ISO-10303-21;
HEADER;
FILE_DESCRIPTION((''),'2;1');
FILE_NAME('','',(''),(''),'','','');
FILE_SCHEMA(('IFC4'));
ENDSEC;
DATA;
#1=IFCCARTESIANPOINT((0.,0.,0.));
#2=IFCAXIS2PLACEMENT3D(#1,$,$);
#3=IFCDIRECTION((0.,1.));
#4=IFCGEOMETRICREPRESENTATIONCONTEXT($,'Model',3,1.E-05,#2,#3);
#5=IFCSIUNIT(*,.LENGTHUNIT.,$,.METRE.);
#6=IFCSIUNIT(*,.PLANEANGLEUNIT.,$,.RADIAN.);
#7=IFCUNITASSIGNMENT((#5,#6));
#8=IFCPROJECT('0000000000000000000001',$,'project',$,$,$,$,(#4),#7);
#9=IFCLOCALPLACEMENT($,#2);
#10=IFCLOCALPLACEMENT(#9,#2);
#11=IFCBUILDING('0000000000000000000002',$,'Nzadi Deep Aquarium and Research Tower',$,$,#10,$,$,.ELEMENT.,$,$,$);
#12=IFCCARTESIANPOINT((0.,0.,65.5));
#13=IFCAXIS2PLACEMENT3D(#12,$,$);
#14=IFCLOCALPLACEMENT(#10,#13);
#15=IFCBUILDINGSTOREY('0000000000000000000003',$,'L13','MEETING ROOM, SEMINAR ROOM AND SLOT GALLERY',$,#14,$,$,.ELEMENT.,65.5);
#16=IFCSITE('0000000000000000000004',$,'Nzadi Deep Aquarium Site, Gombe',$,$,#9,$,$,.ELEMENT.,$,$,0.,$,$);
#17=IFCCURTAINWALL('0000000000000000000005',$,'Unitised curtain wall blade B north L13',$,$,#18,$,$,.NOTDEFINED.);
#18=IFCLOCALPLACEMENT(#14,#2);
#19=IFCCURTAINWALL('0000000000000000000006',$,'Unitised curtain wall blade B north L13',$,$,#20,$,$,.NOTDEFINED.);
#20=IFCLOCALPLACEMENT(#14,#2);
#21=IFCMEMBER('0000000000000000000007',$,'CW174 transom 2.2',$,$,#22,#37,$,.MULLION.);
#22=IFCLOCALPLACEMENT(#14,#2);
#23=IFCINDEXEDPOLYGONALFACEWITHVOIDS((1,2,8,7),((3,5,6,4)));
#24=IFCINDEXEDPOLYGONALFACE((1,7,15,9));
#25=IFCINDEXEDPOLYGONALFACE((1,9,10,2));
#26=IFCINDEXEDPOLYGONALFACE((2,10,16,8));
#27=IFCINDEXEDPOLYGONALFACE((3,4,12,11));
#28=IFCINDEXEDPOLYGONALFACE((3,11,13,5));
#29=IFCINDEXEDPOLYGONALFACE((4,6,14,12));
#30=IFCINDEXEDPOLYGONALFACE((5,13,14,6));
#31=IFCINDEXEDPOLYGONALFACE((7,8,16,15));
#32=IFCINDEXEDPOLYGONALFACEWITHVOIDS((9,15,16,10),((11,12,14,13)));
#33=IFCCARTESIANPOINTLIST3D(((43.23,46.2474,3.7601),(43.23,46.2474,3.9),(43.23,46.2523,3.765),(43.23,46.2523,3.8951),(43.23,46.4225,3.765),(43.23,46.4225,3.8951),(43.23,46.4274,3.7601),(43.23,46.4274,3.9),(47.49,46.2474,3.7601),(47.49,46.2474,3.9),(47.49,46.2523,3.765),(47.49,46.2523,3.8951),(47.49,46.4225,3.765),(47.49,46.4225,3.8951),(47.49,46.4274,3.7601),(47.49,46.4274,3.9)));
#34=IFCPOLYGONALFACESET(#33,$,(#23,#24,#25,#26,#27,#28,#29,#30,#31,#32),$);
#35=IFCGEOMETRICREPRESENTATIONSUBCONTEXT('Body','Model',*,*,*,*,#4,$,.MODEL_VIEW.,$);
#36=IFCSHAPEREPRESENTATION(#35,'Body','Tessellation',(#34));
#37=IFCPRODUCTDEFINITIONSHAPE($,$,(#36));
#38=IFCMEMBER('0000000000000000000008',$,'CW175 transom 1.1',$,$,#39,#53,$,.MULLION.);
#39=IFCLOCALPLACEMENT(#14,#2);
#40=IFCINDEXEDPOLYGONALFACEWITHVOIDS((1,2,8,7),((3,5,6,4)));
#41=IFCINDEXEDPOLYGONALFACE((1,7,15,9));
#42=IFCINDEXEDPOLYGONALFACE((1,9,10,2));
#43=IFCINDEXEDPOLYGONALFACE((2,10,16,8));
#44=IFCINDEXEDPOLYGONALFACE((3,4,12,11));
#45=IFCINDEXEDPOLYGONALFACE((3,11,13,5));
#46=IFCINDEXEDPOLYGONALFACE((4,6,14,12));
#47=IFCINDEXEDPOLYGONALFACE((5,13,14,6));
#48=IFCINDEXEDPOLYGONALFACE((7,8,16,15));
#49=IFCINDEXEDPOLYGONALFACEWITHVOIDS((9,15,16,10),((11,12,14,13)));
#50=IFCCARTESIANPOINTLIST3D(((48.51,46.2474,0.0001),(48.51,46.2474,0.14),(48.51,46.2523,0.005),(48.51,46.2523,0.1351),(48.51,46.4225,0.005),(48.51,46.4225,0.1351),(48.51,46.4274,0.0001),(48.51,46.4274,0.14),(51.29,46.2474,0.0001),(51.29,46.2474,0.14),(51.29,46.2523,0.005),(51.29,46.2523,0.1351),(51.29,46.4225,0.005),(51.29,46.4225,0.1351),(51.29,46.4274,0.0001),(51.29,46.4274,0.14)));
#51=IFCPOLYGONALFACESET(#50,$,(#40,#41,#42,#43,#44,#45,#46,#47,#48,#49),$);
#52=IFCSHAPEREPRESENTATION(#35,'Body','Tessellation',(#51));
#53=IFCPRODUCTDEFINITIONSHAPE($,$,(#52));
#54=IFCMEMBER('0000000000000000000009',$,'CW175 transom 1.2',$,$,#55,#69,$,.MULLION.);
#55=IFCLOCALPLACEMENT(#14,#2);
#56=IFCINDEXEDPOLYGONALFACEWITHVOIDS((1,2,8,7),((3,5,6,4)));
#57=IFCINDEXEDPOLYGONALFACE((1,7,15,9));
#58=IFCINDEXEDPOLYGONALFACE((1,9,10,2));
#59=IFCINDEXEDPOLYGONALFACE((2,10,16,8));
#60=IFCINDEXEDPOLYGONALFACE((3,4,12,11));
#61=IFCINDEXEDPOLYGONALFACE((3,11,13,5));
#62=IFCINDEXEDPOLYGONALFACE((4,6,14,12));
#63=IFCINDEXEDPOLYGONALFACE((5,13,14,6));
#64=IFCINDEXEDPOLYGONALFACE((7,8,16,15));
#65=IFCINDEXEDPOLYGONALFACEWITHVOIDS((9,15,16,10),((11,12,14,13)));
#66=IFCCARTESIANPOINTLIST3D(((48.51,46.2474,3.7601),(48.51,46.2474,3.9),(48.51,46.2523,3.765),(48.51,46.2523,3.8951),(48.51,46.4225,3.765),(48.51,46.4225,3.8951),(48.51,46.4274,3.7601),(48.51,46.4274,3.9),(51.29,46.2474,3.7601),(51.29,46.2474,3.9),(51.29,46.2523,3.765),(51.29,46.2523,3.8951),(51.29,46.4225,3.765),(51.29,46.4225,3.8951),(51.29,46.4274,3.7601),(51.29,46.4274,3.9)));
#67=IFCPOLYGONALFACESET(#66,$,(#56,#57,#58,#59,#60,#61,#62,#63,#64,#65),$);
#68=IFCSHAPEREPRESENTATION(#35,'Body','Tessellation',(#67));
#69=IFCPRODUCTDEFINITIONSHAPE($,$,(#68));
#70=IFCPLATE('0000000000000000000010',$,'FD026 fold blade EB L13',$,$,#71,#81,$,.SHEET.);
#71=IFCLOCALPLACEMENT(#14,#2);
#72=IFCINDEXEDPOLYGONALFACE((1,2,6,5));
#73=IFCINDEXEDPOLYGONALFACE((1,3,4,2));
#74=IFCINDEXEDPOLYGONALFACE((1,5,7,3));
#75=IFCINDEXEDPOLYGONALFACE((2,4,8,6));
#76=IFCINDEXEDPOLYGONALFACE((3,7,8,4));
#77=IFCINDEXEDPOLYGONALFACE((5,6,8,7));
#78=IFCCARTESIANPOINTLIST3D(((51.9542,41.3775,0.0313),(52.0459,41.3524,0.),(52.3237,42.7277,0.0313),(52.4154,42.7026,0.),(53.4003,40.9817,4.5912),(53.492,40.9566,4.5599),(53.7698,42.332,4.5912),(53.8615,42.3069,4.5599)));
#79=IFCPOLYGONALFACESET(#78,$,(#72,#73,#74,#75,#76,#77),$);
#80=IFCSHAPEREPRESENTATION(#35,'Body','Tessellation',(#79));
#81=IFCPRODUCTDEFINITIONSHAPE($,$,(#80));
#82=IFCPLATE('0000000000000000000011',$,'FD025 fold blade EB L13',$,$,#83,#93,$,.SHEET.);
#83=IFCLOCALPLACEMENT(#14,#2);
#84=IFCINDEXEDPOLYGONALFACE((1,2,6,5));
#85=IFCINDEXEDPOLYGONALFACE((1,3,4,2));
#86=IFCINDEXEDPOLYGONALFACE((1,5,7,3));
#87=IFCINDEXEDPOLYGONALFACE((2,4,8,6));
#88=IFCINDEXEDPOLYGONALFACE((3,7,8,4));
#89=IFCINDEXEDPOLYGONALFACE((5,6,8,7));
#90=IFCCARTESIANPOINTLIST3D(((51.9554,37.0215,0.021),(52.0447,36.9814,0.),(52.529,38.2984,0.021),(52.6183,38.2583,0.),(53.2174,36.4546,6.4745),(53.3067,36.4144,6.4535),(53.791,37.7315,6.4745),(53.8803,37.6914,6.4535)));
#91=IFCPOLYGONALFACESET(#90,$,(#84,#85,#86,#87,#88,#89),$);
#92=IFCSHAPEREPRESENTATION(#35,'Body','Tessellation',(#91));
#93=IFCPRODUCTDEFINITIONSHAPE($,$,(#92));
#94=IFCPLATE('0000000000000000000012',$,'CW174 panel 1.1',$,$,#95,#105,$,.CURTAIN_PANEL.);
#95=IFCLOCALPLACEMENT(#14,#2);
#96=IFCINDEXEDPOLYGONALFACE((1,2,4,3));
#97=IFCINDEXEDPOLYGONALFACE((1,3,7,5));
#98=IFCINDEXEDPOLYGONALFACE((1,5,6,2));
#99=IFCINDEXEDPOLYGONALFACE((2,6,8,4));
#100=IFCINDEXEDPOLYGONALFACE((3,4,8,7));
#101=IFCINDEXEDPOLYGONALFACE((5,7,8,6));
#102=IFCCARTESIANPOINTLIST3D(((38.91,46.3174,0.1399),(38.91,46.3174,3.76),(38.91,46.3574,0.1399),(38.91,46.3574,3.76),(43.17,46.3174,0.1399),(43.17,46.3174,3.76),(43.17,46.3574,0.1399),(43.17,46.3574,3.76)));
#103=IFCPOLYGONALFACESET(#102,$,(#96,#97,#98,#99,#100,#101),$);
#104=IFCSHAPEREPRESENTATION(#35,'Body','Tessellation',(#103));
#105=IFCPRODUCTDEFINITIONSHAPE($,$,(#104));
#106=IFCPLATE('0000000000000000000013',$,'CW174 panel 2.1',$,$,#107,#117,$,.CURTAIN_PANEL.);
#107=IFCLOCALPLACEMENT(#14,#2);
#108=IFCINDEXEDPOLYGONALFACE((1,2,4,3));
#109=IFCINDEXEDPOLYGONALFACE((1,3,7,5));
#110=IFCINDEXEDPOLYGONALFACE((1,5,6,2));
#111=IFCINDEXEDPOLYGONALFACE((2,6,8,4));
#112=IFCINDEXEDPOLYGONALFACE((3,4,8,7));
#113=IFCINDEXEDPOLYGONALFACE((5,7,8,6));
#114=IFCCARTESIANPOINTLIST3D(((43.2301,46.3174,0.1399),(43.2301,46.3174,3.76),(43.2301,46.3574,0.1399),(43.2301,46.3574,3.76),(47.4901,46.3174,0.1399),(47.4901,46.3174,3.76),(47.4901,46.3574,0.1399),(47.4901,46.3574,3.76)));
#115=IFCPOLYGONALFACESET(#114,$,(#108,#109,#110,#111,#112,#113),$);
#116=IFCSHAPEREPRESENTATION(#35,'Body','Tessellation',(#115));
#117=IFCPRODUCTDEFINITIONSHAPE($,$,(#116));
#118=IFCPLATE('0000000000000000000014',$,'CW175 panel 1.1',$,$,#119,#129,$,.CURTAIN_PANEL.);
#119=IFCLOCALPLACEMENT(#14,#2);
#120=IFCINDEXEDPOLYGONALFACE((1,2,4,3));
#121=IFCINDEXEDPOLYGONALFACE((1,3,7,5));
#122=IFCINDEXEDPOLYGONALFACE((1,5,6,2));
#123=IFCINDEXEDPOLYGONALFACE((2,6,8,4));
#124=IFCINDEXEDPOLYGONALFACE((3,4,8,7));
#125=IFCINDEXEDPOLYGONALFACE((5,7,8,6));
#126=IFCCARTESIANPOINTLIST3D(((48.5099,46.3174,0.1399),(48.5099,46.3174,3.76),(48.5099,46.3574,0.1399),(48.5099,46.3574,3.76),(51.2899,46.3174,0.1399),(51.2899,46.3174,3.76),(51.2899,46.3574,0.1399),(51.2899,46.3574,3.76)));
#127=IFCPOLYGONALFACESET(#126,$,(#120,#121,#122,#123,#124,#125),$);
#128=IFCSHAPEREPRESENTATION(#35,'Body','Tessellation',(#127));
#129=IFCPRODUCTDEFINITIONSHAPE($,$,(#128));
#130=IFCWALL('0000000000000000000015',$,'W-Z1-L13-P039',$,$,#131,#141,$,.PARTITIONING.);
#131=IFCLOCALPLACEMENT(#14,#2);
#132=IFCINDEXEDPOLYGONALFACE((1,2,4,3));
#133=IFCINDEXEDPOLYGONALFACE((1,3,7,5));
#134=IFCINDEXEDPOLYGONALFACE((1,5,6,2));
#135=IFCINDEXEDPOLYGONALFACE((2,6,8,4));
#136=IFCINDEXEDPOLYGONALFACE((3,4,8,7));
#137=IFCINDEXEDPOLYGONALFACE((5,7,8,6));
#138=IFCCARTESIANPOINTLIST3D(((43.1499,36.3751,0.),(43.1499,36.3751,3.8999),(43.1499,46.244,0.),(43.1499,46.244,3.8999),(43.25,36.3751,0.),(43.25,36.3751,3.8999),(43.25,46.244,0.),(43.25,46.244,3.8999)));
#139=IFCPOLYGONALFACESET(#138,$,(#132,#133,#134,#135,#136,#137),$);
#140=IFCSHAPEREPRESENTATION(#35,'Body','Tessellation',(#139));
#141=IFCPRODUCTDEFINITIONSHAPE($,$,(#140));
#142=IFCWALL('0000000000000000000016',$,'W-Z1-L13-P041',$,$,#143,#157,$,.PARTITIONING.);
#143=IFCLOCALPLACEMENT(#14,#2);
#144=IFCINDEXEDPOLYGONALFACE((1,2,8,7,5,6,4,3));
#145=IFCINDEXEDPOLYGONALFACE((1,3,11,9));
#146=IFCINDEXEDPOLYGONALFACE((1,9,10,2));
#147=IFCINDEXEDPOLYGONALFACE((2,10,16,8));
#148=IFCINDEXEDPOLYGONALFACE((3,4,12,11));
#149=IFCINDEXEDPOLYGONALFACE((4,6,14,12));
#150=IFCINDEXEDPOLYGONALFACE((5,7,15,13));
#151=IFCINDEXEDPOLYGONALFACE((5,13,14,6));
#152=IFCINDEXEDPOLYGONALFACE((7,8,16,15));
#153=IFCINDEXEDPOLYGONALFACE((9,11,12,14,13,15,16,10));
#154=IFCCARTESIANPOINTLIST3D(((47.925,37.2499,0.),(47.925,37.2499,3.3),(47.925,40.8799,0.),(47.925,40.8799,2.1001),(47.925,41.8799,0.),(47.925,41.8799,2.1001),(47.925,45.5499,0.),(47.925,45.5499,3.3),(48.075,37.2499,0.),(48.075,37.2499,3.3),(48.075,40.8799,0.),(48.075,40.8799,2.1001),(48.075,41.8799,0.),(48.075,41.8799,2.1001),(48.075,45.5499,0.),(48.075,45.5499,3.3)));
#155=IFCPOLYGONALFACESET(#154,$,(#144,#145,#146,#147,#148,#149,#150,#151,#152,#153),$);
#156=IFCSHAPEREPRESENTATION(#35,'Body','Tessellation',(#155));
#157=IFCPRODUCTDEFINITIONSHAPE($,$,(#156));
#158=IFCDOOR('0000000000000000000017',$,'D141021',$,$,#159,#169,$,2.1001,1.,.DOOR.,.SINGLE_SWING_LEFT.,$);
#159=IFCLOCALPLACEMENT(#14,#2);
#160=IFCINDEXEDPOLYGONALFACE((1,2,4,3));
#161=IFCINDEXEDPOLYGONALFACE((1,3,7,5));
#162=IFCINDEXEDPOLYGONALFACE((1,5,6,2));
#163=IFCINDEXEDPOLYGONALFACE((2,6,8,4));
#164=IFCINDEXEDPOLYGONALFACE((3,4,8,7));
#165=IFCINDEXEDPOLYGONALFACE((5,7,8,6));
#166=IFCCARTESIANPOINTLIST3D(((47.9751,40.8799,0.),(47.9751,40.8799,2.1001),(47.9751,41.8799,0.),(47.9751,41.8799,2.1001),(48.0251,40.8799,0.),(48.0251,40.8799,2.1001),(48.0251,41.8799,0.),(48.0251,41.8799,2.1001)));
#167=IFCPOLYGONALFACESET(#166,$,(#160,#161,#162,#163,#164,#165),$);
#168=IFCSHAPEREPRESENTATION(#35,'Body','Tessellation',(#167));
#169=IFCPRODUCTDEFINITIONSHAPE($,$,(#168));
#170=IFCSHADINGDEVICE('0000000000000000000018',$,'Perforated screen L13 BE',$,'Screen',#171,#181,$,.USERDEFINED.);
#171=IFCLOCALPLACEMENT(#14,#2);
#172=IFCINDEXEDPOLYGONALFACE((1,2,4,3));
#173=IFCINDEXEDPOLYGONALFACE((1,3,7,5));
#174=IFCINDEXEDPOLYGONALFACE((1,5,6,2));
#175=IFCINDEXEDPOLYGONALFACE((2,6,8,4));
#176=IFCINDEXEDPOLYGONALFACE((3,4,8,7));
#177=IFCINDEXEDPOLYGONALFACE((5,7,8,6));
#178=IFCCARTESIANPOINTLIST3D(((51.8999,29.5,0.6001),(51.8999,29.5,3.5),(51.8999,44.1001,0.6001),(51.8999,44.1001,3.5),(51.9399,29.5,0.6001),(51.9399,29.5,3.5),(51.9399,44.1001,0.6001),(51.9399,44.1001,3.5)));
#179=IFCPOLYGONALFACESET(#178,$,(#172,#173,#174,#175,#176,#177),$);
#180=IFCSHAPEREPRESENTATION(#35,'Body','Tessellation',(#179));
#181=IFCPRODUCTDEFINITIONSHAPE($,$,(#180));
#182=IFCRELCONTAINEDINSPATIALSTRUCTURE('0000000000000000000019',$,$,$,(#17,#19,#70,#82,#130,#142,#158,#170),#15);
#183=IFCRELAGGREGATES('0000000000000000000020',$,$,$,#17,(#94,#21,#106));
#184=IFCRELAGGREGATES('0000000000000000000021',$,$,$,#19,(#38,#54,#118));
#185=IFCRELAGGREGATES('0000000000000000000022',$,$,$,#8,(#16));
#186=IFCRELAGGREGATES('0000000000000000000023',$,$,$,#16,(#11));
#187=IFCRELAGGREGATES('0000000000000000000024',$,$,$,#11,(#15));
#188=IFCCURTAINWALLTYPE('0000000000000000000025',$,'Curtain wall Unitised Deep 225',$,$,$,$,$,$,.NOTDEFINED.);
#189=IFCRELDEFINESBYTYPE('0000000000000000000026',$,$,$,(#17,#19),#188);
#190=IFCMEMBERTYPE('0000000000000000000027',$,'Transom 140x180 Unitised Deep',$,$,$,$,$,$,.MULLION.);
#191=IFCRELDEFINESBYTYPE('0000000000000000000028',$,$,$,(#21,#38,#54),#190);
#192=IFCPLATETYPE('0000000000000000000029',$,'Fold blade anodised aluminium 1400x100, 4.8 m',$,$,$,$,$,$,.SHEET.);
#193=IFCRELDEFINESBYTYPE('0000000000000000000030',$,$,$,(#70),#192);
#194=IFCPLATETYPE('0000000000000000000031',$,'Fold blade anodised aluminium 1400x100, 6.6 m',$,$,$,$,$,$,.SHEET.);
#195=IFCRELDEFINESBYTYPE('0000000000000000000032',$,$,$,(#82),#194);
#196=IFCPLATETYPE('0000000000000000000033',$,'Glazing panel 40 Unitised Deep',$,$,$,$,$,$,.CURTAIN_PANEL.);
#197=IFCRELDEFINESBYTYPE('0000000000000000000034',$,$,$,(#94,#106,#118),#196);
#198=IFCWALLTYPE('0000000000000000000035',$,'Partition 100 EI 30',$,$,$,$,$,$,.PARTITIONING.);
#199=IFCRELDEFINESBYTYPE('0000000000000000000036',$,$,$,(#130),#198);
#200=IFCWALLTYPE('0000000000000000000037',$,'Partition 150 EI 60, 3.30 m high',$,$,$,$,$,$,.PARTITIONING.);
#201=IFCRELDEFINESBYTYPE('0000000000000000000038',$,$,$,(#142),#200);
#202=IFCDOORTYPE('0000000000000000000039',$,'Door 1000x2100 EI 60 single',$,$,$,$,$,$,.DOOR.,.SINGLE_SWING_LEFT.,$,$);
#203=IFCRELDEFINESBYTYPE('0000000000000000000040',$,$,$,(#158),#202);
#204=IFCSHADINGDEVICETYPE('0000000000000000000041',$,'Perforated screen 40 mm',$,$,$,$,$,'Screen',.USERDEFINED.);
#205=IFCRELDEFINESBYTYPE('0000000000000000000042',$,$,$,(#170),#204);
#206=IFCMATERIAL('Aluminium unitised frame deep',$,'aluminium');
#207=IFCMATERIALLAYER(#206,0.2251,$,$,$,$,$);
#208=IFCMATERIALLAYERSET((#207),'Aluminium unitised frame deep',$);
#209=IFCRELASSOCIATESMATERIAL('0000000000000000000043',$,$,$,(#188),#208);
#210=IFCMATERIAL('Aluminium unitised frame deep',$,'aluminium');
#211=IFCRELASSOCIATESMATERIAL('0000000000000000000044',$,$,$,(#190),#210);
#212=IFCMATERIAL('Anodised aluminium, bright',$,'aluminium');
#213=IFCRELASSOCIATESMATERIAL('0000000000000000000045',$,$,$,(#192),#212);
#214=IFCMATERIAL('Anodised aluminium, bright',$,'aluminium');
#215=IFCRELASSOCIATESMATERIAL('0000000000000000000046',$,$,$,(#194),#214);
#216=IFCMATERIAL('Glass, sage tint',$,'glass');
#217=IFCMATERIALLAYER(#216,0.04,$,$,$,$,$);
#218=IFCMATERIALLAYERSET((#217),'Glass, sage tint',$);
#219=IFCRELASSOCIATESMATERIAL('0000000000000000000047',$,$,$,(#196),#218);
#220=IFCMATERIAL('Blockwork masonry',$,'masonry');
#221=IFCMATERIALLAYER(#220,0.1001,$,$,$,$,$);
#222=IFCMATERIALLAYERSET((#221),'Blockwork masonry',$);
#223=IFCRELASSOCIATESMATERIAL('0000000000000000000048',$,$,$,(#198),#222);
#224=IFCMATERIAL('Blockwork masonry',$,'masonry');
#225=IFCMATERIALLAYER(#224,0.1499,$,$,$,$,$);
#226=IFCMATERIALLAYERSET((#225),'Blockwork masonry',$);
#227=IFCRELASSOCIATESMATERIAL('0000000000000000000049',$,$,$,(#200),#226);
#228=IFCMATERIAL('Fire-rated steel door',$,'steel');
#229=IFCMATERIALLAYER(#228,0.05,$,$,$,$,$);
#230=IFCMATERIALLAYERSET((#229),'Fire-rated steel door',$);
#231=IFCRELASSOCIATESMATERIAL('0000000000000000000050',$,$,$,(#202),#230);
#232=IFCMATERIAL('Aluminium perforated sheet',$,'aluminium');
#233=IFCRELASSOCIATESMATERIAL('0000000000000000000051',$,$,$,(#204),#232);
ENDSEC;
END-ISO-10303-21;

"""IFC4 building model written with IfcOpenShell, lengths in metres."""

from ifc_helpers import new_model, si_unit, direction, frame, frame_2d, origin, origin_2d, place, context, subcontext, project, spatial, rectangle, hollow_rectangle, extrude, material, layer, layer_set, material_profile, profile_set, type_object, element, fill, aggregate, save


model = new_model("IFC4")

# Units and contexts
model_context = context("Model", 3, precision=1e-05, world=origin(), true_north=direction((0.0, 1.0)))
body_context = subcontext(model_context, "Body", "Model", "MODEL_VIEW")
ifc_project = project(units=[si_unit("LENGTHUNIT", "METRE"), si_unit("PLANEANGLEUNIT", "RADIAN")], contexts=[model_context])

# Site, building, storey
site_placement = place(None, origin())
site = spatial("IfcSite", under=ifc_project, at=site_placement, Name="Nzadi Deep Aquarium Site, Gombe", CompositionType="ELEMENT", RefElevation=0.0)
building_placement = place(site_placement, origin())
building = spatial("IfcBuilding", under=site, at=building_placement, Name="Nzadi Deep Aquarium and Research Tower", CompositionType="ELEMENT")
storey_placement = place(building_placement, frame((0.0, 0.0, 65.5)))
storey = spatial("IfcBuildingStorey", under=building, at=storey_placement, Name="L13", Description="MEETING ROOM, SEMINAR ROOM AND SLOT GALLERY", CompositionType="ELEMENT", Elevation=65.5)

# Curtain walls
ifc_material_1 = material(Name="Aluminium unitised frame deep", Category="aluminium")
ifc_layer_1 = layer(ifc_material_1, 0.2251)
ifc_layer_set_1 = layer_set([ifc_layer_1], Name="Aluminium unitised frame deep")
curtain_wall_type = type_object("IfcCurtainWallType", Name="Curtain wall Unitised Deep 225", PredefinedType="NOTDEFINED", material=ifc_layer_set_1)
curtain_wall_1_placement = place(storey_placement, origin())
curtain_wall_1 = element("IfcCurtainWall", 1, at=curtain_wall_1_placement, inside=storey, type_object=curtain_wall_type, Name="Unitised curtain wall blade B north L13", PredefinedType="NOTDEFINED")
curtain_wall_2_placement = place(storey_placement, origin())
curtain_wall_2 = element("IfcCurtainWall", 2, at=curtain_wall_2_placement, inside=storey, type_object=curtain_wall_type, Name="Unitised curtain wall blade B north L13", PredefinedType="NOTDEFINED")

# Members
ifc_material_2 = material(Name="Aluminium unitised frame deep", Category="aluminium")
ifc_material_profile_1 = material_profile(ifc_material_2, hollow_rectangle(XDim=0.1799, YDim=0.1399, WallThickness=0.0049, at=origin_2d()))
ifc_profile_set_1 = profile_set([ifc_material_profile_1], Name="Aluminium unitised frame deep")
member_type_1 = type_object("IfcMemberType", Name="Transom 140x180 Unitised Deep", PredefinedType="MULLION", material=ifc_profile_set_1)
member_1_placement = place(storey_placement, frame((43.23, 46.3374, 3.8301), z_axis=(1.0, 0.0, 0.0), x_axis=(0.0, 1.0, 0.0)))
member_1 = element("IfcMember", 3, at=member_1_placement, type_object=member_type_1, Name="CW174 transom 2.2", PredefinedType="MULLION", context=body_context, shape_type="SweptSolid", body=[
    extrude(hollow_rectangle(XDim=0.1799, YDim=0.1399, WallThickness=0.0049, at=origin_2d()), origin(), (0.0, 0.0, 1.0), 4.26),
])
member_2_placement = place(storey_placement, frame((48.51, 46.3374, 0.0701), z_axis=(1.0, 0.0, 0.0), x_axis=(0.0, 1.0, 0.0)))
member_2 = element("IfcMember", 4, at=member_2_placement, type_object=member_type_1, Name="CW175 transom 1.1", PredefinedType="MULLION", context=body_context, shape_type="SweptSolid", body=[
    extrude(hollow_rectangle(XDim=0.1799, YDim=0.1399, WallThickness=0.0049, at=origin_2d()), origin(), (0.0, 0.0, 1.0), 2.78),
])
member_3_placement = place(storey_placement, frame((48.51, 46.3374, 3.8301), z_axis=(1.0, 0.0, 0.0), x_axis=(0.0, 1.0, 0.0)))
member_3 = element("IfcMember", 5, at=member_3_placement, type_object=member_type_1, Name="CW175 transom 1.2", PredefinedType="MULLION", context=body_context, shape_type="SweptSolid", body=[
    extrude(hollow_rectangle(XDim=0.1799, YDim=0.1399, WallThickness=0.0049, at=origin_2d()), origin(), (0.0, 0.0, 1.0), 2.78),
])

# Plates
ifc_material_3 = material(Name="Anodised aluminium, bright", Category="aluminium")
ifc_material_profile_2 = material_profile(ifc_material_3, rectangle(XDim=1.3999, YDim=0.1001, at=origin_2d()))
ifc_profile_set_2 = profile_set([ifc_material_profile_2], Name="Anodised aluminium, bright")
plate_type_1 = type_object("IfcPlateType", Name="Fold blade anodised aluminium 1400x100, 4.8 m", PredefinedType="SHEET", material=ifc_profile_set_2)
plate_1_placement = place(storey_placement, frame((52.1848, 42.04, 0.0156), z_axis=(0.301262, -0.082449, 0.94997), x_axis=(0.263972, 0.96453, 0.0)))
element("IfcPlate", 6, at=plate_1_placement, inside=storey, type_object=plate_type_1, Name="FD026 fold blade EB L13", PredefinedType="SHEET", context=body_context, shape_type="SweptSolid", body=[
    extrude(rectangle(XDim=1.3999, YDim=0.1001, at=origin_2d()), origin(), (0.0, 0.0, 1.0), 4.8),
])
ifc_material_4 = material(Name="Anodised aluminium, bright", Category="aluminium")
ifc_material_profile_3 = material_profile(ifc_material_4, rectangle(XDim=1.3999, YDim=0.1001, at=origin_2d()))
ifc_profile_set_3 = profile_set([ifc_material_profile_3], Name="Anodised aluminium, bright")
plate_type_2 = type_object("IfcPlateType", Name="Fold blade anodised aluminium 1400x100, 6.6 m", PredefinedType="SHEET", material=ifc_profile_set_3)
plate_2_placement = place(storey_placement, frame((52.2869, 37.6399, 0.0105), z_axis=(0.191207, -0.085893, 0.977784), x_axis=(0.40977, 0.912189, 0.0)))
element("IfcPlate", 7, at=plate_2_placement, inside=storey, type_object=plate_type_2, Name="FD025 fold blade EB L13", PredefinedType="SHEET", context=body_context, shape_type="SweptSolid", body=[
    extrude(rectangle(XDim=1.3999, YDim=0.1001, at=origin_2d()), origin(), (0.0, 0.0, 1.0), 6.6001),
])

# Plates
ifc_material_5 = material(Name="Glass, sage tint", Category="glass")
ifc_layer_2 = layer(ifc_material_5, 0.04)
ifc_layer_set_2 = layer_set([ifc_layer_2], Name="Glass, sage tint")
plate_type_3 = type_object("IfcPlateType", Name="Glazing panel 40 Unitised Deep", PredefinedType="CURTAIN_PANEL", material=ifc_layer_set_2)
plate_3_placement = place(storey_placement, frame((41.04, 46.3374, 0.1399), z_axis=(0.0, 0.0, 1.0), x_axis=(1.0, 0.0, 0.0)))
plate_3 = element("IfcPlate", 8, at=plate_3_placement, type_object=plate_type_3, Name="CW174 panel 1.1", PredefinedType="CURTAIN_PANEL", context=body_context, shape_type="SweptSolid", body=[
    extrude(rectangle(XDim=4.26, YDim=0.04, at=origin_2d()), origin(), (0.0, 0.0, 1.0), 3.6201),
])
plate_4_placement = place(storey_placement, frame((45.3601, 46.3374, 0.1399), z_axis=(0.0, 0.0, 1.0), x_axis=(1.0, 0.0, 0.0)))
plate_4 = element("IfcPlate", 9, at=plate_4_placement, type_object=plate_type_3, Name="CW174 panel 2.1", PredefinedType="CURTAIN_PANEL", context=body_context, shape_type="SweptSolid", body=[
    extrude(rectangle(XDim=4.26, YDim=0.04, at=origin_2d()), origin(), (0.0, 0.0, 1.0), 3.6201),
])
aggregate(curtain_wall_1, [plate_3, member_1, plate_4])
plate_5_placement = place(storey_placement, frame((49.8999, 46.3374, 0.1399), z_axis=(0.0, 0.0, 1.0), x_axis=(1.0, 0.0, 0.0)))
plate_5 = element("IfcPlate", 10, at=plate_5_placement, type_object=plate_type_3, Name="CW175 panel 1.1", PredefinedType="CURTAIN_PANEL", context=body_context, shape_type="SweptSolid", body=[
    extrude(rectangle(XDim=2.78, YDim=0.04, at=origin_2d()), origin(), (0.0, 0.0, 1.0), 3.6201),
])
aggregate(curtain_wall_2, [member_2, member_3, plate_5])

# Wall
ifc_material_6 = material(Name="Blockwork masonry", Category="masonry")
ifc_layer_3 = layer(ifc_material_6, 0.1001)
ifc_layer_set_3 = layer_set([ifc_layer_3], Name="Blockwork masonry")
wall_type_1 = type_object("IfcWallType", Name="Partition 100 EI 30", PredefinedType="PARTITIONING", material=ifc_layer_set_3)
wall_1_placement = place(storey_placement, frame((43.2, 36.375, 0.0), z_axis=(0.0, 0.0, 1.0), x_axis=(0.0, 1.0, 0.0)))
element("IfcWall", 11, at=wall_1_placement, inside=storey, type_object=wall_type_1, Name="W-Z1-L13-P039", PredefinedType="PARTITIONING", context=body_context, shape_type="SweptSolid", body=[
    extrude(rectangle(XDim=9.8689, YDim=0.1001, at=frame_2d((4.9346, 0.0))), origin(), (0.0, 0.0, 1.0), 3.8999),
])

# Wall, opening, door
ifc_material_7 = material(Name="Blockwork masonry", Category="masonry")
ifc_layer_4 = layer(ifc_material_7, 0.1499)
ifc_layer_set_4 = layer_set([ifc_layer_4], Name="Blockwork masonry")
wall_type_2 = type_object("IfcWallType", Name="Partition 150 EI 60, 3.30 m high", PredefinedType="PARTITIONING", material=ifc_layer_set_4)
wall_2_placement = place(storey_placement, frame((48.0, 37.25, 0.0), z_axis=(0.0, 0.0, 1.0), x_axis=(0.0, 1.0, 0.0)))
wall_2 = element("IfcWall", 12, at=wall_2_placement, inside=storey, type_object=wall_type_2, Name="W-Z1-L13-P041", PredefinedType="PARTITIONING", context=body_context, shape_type="SweptSolid", body=[
    extrude(rectangle(XDim=8.3, YDim=0.1499, at=frame_2d((4.1499, 0.0))), origin(), (0.0, 0.0, 1.0), 3.3),
])
opening_placement = place(wall_2_placement, frame((3.6299, 0.0, 0.0)))
opening = element("IfcOpeningElement", 13, at=opening_placement, cuts=wall_2, PredefinedType="OPENING", context=body_context, shape_type="SweptSolid", body=[
    extrude(rectangle(XDim=1.0, YDim=2.1001, at=frame_2d((0.5, 1.05))), frame((0.0, 0.085, 0.0), z_axis=(0.0, -1.0, 0.0), x_axis=(1.0, 0.0, 0.0)), (0.0, 0.0, 1.0), 0.1699),
])
ifc_material_8 = material(Name="Fire-rated steel door", Category="steel")
ifc_layer_5 = layer(ifc_material_8, 0.05)
ifc_layer_set_5 = layer_set([ifc_layer_5], Name="Fire-rated steel door")
door_type = type_object("IfcDoorType", Name="Door 1000x2100 EI 60 single", OperationType="SINGLE_SWING_LEFT", PredefinedType="DOOR", material=ifc_layer_set_5)
door_placement = place(opening_placement, origin())
door = element("IfcDoor", 14, at=door_placement, inside=storey, type_object=door_type, Name="D141021", OperationType="SINGLE_SWING_LEFT", OverallHeight=2.1001, OverallWidth=1.0, PredefinedType="DOOR", context=body_context, shape_type="SweptSolid", body=[
    extrude(rectangle(XDim=1.0, YDim=2.1001, at=frame_2d((0.5, 1.05))), frame((0.0, 0.0249, 0.0), z_axis=(0.0, -1.0, 0.0), x_axis=(1.0, 0.0, 0.0)), (0.0, 0.0, 1.0), 0.05),
])
fill(opening, door)

# Shading device
ifc_material_9 = material(Name="Aluminium perforated sheet", Category="aluminium")
shading_device_type = type_object("IfcShadingDeviceType", Name="Perforated screen 40 mm", ElementType="Screen", PredefinedType="USERDEFINED", material=ifc_material_9)
shading_device_placement = place(storey_placement, frame((51.9199, 36.8, 0.6001), z_axis=(0.0, 0.0, 1.0), x_axis=(1.0, 0.0, 0.0)))
element("IfcShadingDevice", 15, at=shading_device_placement, inside=storey, type_object=shading_device_type, Name="Perforated screen L13 BE", ObjectType="Screen", PredefinedType="USERDEFINED", context=body_context, shape_type="SweptSolid", body=[
    extrude(rectangle(XDim=0.04, YDim=14.6001, at=origin_2d()), origin(), (0.0, 0.0, 1.0), 2.8999),
])

save(model, "model.ifc")
